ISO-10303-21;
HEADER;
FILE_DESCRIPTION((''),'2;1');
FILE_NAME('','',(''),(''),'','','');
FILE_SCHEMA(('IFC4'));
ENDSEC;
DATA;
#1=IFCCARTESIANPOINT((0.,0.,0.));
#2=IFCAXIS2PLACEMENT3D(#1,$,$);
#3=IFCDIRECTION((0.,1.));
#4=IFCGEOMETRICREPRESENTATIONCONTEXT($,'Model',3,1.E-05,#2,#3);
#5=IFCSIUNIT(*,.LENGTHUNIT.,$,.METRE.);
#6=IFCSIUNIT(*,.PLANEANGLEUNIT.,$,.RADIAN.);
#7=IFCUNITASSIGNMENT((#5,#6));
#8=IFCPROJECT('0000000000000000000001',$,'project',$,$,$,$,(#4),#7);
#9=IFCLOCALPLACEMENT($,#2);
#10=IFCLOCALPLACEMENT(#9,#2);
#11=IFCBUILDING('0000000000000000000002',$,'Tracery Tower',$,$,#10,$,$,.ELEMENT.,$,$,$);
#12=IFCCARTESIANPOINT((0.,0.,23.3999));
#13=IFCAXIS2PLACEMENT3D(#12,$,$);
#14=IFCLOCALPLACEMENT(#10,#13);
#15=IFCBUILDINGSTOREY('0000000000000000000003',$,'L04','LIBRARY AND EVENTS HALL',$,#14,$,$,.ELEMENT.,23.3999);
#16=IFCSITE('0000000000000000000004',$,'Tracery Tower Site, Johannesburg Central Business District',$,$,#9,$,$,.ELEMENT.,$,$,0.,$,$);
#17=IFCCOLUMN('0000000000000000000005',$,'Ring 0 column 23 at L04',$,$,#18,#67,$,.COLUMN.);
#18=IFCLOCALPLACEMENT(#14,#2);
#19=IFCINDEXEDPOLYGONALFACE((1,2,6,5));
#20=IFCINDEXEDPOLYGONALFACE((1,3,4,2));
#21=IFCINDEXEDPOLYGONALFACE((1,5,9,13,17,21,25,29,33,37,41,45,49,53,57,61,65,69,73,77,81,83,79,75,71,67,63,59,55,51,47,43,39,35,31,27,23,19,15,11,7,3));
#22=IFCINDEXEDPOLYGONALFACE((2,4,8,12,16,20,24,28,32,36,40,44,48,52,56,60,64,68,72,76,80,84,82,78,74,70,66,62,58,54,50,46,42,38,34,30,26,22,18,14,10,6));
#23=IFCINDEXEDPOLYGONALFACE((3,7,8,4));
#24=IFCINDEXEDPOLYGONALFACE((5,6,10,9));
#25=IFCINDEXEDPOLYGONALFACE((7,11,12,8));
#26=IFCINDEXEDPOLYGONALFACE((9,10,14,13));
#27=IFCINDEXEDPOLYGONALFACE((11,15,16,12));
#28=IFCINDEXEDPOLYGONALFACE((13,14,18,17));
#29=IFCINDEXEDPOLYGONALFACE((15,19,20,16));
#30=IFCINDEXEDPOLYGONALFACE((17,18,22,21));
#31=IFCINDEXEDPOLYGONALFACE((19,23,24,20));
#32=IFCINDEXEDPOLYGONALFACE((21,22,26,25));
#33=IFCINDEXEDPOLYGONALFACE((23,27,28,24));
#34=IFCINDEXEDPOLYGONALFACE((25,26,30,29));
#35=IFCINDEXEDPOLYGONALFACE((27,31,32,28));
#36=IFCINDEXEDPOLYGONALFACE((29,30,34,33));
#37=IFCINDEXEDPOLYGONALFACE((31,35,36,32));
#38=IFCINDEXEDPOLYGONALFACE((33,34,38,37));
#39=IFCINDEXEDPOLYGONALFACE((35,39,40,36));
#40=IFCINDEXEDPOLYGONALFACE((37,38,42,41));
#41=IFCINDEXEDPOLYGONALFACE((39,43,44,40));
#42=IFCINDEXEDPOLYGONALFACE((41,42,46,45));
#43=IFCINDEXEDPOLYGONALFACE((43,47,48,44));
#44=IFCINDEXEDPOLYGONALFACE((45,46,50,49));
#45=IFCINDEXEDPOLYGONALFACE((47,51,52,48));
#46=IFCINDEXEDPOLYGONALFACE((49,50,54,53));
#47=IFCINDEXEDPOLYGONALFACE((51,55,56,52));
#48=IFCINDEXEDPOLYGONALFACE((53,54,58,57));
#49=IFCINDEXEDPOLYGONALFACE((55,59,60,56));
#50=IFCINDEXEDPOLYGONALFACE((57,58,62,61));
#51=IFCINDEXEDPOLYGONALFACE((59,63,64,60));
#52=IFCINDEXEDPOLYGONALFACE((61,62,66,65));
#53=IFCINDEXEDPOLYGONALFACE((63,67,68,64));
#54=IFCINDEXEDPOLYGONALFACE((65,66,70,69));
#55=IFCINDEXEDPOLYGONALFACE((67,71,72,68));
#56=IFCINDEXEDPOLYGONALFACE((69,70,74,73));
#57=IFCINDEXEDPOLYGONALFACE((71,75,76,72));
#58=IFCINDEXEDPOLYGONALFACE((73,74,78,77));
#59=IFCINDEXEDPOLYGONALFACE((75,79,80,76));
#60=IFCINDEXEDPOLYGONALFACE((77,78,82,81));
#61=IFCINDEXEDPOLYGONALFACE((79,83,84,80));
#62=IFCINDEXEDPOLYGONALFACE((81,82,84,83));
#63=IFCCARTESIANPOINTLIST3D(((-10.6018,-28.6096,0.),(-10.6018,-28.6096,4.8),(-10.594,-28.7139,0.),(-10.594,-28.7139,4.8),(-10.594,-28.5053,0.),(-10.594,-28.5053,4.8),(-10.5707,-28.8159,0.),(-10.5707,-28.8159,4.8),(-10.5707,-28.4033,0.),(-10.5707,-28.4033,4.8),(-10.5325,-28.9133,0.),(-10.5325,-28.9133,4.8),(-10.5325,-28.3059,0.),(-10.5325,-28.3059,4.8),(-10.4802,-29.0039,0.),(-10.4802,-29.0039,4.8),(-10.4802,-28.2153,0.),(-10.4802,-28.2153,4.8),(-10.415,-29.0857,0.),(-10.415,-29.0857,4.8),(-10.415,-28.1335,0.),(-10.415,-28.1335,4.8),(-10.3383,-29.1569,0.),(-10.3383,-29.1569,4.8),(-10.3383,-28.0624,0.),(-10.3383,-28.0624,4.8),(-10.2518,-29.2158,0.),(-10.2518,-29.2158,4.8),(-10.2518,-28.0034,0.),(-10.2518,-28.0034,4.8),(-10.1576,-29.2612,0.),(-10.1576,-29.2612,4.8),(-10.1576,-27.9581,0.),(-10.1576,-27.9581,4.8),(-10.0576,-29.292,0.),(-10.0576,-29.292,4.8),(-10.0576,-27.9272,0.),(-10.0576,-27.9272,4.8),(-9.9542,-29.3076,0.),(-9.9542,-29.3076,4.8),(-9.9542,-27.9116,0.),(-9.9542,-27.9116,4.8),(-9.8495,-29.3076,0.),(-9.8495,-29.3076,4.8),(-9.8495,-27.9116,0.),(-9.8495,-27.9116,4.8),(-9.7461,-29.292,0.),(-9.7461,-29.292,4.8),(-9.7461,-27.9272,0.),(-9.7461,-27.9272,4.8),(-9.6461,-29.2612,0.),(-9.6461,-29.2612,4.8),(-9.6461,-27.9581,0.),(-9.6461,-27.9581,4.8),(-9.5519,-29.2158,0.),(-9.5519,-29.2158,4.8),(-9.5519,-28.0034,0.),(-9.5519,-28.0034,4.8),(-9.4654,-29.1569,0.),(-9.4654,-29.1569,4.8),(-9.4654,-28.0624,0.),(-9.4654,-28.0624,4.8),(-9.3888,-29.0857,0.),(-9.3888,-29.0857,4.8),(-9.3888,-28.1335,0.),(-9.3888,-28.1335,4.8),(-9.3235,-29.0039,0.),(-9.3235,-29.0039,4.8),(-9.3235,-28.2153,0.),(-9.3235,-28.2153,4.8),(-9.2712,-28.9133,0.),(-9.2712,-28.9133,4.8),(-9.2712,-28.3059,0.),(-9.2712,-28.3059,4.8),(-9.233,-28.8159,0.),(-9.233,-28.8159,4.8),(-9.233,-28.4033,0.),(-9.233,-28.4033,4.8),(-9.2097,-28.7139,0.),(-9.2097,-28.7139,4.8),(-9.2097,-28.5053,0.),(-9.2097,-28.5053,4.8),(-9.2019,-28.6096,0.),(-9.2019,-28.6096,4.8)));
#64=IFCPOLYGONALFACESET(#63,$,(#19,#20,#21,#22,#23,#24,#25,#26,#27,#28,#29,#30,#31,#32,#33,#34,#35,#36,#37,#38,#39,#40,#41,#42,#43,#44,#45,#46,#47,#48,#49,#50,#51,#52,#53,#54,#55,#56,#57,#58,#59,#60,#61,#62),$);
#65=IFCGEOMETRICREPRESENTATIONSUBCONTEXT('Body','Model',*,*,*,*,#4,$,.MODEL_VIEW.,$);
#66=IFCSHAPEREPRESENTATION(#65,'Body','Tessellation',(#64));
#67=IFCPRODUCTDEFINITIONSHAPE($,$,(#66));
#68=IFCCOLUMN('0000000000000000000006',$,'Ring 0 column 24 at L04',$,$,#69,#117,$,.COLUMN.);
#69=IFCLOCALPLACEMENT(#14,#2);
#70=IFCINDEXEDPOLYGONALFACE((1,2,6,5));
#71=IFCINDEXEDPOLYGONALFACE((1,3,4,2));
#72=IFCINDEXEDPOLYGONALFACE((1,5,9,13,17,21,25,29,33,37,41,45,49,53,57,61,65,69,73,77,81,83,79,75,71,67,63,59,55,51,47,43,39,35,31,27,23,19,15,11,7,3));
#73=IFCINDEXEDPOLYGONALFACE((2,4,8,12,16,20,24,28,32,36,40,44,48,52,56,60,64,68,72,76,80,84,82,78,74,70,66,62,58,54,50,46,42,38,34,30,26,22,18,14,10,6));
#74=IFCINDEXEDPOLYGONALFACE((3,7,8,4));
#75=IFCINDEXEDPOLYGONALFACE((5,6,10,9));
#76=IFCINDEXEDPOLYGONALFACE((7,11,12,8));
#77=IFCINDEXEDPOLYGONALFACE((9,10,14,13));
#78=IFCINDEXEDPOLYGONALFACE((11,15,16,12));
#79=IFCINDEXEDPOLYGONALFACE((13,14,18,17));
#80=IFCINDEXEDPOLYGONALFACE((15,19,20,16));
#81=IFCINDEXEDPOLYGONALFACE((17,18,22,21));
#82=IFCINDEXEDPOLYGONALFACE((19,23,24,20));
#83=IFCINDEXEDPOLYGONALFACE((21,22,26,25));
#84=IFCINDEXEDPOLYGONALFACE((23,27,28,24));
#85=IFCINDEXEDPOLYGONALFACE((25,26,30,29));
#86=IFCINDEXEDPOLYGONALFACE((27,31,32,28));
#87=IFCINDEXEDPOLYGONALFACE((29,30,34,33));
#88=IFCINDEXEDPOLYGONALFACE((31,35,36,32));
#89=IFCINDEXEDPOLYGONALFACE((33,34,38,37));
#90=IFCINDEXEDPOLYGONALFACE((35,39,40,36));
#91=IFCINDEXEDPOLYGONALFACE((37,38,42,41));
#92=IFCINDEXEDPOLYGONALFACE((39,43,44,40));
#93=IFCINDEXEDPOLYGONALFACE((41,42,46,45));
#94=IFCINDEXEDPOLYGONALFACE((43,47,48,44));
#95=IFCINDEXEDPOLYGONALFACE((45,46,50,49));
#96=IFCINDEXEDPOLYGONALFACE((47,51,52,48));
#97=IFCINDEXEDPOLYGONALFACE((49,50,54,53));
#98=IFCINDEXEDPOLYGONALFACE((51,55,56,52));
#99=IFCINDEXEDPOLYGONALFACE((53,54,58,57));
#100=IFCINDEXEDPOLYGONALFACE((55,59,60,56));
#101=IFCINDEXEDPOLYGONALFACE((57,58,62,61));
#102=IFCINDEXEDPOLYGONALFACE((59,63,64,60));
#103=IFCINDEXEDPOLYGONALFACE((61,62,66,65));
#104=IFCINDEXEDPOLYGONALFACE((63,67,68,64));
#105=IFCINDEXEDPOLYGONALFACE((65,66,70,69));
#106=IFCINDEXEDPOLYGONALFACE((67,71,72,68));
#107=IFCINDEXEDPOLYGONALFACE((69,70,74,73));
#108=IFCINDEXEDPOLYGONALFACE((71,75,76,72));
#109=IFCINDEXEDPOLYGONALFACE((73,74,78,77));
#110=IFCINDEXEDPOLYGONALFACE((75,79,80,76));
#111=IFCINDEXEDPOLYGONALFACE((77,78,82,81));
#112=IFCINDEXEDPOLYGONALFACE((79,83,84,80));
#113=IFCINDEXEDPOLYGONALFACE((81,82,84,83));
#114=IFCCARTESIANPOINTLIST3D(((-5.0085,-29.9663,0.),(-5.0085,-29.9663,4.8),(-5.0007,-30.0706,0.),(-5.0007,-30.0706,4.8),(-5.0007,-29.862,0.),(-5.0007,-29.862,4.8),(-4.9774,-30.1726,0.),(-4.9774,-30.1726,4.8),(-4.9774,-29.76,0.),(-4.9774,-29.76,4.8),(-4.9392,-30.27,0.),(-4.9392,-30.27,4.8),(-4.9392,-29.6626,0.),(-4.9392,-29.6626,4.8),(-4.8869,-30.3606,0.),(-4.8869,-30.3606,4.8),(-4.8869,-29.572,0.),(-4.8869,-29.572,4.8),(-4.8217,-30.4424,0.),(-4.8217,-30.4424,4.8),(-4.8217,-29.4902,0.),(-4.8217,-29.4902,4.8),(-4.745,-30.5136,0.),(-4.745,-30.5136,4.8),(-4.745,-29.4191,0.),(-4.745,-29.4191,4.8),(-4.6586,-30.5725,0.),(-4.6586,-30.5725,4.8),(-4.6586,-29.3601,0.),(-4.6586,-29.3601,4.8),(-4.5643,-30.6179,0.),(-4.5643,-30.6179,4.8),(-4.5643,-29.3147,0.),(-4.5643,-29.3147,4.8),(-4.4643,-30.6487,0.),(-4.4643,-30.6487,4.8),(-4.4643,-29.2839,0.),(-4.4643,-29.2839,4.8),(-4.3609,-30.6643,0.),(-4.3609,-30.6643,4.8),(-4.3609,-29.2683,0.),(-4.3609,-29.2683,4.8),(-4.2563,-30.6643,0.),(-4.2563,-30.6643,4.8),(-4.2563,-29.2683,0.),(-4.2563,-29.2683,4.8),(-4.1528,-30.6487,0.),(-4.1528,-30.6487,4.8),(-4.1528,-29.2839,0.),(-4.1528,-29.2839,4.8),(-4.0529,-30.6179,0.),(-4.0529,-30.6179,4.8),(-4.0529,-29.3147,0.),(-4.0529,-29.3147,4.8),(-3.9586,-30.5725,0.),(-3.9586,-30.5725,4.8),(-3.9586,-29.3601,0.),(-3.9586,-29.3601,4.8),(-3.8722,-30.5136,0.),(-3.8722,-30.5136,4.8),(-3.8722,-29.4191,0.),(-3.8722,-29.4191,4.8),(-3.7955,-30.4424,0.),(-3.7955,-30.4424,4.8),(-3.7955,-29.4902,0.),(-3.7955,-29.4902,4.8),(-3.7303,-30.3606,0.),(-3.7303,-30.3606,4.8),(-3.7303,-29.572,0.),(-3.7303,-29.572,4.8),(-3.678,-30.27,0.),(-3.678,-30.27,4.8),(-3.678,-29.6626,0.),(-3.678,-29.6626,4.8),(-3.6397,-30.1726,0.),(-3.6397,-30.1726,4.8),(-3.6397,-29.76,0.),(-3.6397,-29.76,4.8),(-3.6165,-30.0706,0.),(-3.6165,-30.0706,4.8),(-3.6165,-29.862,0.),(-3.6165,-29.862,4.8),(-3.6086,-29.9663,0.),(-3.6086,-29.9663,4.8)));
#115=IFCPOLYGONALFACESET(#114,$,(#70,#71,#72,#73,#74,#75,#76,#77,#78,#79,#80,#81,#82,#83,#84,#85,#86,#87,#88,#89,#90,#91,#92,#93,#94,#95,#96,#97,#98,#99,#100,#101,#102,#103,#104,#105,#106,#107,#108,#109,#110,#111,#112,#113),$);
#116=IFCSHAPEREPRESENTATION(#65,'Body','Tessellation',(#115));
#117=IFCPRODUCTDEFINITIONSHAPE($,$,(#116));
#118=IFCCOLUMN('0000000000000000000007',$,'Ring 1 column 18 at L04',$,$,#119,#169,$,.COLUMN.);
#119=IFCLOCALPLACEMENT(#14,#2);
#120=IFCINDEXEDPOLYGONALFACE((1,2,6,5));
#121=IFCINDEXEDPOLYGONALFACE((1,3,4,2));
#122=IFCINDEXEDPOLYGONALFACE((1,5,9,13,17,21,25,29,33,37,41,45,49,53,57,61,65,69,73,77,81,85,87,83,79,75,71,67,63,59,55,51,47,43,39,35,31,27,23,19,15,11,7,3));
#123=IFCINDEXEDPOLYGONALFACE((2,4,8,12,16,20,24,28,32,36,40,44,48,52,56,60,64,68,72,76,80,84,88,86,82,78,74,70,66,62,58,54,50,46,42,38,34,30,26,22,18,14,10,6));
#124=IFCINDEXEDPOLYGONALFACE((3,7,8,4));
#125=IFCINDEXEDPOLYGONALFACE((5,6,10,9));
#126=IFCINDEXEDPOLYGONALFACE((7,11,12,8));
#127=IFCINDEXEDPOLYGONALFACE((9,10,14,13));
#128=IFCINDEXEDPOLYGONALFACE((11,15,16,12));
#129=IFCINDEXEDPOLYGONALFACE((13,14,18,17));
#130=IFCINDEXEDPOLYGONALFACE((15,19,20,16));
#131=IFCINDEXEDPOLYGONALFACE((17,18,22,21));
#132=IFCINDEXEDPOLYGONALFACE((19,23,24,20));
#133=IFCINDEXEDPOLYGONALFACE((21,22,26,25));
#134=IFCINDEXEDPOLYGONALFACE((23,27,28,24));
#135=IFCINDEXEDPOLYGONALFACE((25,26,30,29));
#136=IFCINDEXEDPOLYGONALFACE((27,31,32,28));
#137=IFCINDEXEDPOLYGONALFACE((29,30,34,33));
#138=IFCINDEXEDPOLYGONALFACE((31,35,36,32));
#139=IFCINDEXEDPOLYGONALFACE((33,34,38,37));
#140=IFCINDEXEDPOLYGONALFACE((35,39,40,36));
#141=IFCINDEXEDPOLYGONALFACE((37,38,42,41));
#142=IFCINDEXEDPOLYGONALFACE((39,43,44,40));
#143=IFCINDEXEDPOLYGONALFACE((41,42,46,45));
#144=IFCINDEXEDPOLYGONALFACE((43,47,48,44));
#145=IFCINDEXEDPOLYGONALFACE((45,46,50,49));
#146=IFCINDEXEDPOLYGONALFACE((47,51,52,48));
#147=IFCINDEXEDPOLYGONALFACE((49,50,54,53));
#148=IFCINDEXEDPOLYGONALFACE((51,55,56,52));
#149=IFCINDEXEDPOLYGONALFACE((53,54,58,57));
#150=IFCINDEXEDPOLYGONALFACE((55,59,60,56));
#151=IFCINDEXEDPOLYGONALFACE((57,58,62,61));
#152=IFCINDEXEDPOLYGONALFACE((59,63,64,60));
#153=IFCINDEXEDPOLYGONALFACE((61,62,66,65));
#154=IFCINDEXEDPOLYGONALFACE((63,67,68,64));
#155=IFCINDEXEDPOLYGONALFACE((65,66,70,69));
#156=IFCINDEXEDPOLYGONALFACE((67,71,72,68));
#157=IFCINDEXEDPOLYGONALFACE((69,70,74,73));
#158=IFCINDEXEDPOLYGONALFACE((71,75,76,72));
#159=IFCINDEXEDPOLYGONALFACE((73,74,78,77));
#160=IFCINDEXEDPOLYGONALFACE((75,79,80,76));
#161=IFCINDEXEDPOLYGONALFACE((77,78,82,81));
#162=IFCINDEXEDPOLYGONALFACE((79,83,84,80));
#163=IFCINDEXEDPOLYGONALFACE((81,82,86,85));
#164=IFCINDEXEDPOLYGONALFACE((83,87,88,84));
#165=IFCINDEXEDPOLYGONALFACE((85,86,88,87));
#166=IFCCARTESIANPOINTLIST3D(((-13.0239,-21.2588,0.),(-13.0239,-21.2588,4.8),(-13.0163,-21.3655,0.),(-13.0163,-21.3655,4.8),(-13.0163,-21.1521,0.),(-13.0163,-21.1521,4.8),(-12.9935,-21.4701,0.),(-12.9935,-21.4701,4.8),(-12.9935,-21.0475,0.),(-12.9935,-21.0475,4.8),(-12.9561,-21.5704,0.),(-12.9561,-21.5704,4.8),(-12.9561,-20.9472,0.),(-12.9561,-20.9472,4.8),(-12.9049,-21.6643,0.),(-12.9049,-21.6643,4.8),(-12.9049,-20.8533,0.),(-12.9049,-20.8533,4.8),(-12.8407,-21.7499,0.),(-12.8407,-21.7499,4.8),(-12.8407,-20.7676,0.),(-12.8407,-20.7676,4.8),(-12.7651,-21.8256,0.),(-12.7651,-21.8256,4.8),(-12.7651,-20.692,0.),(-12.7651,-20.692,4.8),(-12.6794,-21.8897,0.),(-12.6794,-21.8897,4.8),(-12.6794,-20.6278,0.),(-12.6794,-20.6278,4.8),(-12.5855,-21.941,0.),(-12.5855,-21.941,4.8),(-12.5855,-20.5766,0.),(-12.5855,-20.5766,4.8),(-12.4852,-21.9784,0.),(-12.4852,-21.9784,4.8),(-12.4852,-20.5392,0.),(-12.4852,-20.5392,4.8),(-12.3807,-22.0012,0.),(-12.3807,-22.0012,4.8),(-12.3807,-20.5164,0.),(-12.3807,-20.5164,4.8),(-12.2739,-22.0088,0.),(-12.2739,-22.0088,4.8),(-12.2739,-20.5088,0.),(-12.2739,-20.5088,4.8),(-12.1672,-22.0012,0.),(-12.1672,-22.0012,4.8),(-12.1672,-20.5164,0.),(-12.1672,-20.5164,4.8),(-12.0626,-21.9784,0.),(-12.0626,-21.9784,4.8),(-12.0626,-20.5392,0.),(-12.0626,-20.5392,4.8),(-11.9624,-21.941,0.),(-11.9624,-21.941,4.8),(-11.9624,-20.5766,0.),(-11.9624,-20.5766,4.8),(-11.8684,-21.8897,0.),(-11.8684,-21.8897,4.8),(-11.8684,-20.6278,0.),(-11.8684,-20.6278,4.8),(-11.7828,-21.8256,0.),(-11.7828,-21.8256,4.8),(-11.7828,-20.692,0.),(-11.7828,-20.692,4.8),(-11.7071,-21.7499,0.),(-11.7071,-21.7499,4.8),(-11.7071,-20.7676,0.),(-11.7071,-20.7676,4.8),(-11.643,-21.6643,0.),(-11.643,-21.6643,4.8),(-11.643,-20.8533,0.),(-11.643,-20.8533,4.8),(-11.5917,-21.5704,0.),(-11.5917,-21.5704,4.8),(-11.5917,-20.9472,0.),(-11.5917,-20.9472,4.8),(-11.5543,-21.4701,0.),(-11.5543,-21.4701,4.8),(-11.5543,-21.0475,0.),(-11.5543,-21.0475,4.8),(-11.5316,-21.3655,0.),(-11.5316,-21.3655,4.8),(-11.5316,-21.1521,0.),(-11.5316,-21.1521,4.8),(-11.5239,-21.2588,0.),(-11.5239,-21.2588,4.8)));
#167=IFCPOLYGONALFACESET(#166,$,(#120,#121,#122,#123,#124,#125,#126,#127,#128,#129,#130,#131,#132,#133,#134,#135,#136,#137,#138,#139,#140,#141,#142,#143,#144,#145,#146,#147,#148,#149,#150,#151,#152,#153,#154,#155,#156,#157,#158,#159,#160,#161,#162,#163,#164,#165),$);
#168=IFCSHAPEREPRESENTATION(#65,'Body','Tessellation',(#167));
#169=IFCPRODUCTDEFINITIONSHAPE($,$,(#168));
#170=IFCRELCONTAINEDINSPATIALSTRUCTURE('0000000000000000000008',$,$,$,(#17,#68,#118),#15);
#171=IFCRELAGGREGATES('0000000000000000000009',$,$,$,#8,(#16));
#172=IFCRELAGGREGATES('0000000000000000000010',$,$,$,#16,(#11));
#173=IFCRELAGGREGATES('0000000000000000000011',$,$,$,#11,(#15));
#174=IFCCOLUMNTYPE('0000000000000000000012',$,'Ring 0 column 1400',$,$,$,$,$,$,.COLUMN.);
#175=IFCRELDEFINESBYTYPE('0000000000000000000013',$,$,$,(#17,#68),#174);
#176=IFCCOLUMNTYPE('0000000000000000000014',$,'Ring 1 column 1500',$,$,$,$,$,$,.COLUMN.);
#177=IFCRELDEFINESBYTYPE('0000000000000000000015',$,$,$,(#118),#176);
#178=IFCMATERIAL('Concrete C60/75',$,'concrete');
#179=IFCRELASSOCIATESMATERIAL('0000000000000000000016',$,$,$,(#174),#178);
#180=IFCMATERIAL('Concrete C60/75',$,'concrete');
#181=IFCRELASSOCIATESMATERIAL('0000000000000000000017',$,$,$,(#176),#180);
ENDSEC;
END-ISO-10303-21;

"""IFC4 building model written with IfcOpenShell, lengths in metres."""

from ifc_helpers import new_model, si_unit, direction, frame, origin, origin_2d, place, context, subcontext, project, spatial, circle, extrude, material, material_profile, profile_set, type_object, element, save


model = new_model("IFC4")

# Units and contexts
model_context = context("Model", 3, precision=1e-05, world=origin(), true_north=direction((0.0, 1.0)))
body_context = subcontext(model_context, "Body", "Model", "MODEL_VIEW")
ifc_project = project(units=[si_unit("LENGTHUNIT", "METRE"), si_unit("PLANEANGLEUNIT", "RADIAN")], contexts=[model_context])

# Site, building, storey
site_placement = place(None, origin())
site = spatial("IfcSite", under=ifc_project, at=site_placement, Name="Tracery Tower Site, Johannesburg Central Business District", CompositionType="ELEMENT", RefElevation=0.0)
building_placement = place(site_placement, origin())
building = spatial("IfcBuilding", under=site, at=building_placement, Name="Tracery Tower", CompositionType="ELEMENT")
storey_placement = place(building_placement, frame((0.0, 0.0, 23.3999)))
storey = spatial("IfcBuildingStorey", under=building, at=storey_placement, Name="L04", Description="LIBRARY AND EVENTS HALL", CompositionType="ELEMENT", Elevation=23.3999)

# Columns
ifc_material_1 = material(Name="Concrete C60/75", Category="concrete")
ifc_material_profile_1 = material_profile(ifc_material_1, circle(Radius=0.7, at=origin_2d()), Name="RC D1400")
ifc_profile_set_1 = profile_set([ifc_material_profile_1], Name="Concrete C60/75")
column_type_1 = type_object("IfcColumnType", Name="Ring 0 column 1400", PredefinedType="COLUMN", material=ifc_profile_set_1)
for number, where, z_axis, x_axis, name in (
    (1, (-9.9019, -28.6096, 0.0), (0.0, 0.0, 1.0), (1.0, 0.0, 0.0), "Ring 0 column 23 at L04"),
    (2, (-4.3086, -29.9663, 0.0), (0.0, 0.0, 1.0), (1.0, 0.0, 0.0), "Ring 0 column 24 at L04"),
):
    element("IfcColumn", number, at=place(storey_placement, frame(where, z_axis=z_axis, x_axis=x_axis)), inside=storey, type_object=column_type_1, Name=name, PredefinedType="COLUMN", context=body_context, shape_type="SweptSolid", body=[
        extrude(circle(Radius=0.7, at=origin_2d()), origin(), (0.0, 0.0, 1.0), 4.8),
    ])
ifc_material_2 = material(Name="Concrete C60/75", Category="concrete")
ifc_material_profile_2 = material_profile(ifc_material_2, circle(Radius=0.75, at=origin_2d()), Name="RC D1500")
ifc_profile_set_2 = profile_set([ifc_material_profile_2], Name="Concrete C60/75")
column_type_2 = type_object("IfcColumnType", Name="Ring 1 column 1500", PredefinedType="COLUMN", material=ifc_profile_set_2)
for number, where, z_axis, x_axis, name in (
    (3, (-12.2739, -21.2588, 0.0), (0.0, 0.0, 1.0), (1.0, 0.0, 0.0), "Ring 1 column 18 at L04"),
):
    element("IfcColumn", number, at=place(storey_placement, frame(where, z_axis=z_axis, x_axis=x_axis)), inside=storey, type_object=column_type_2, Name=name, PredefinedType="COLUMN", context=body_context, shape_type="SweptSolid", body=[
        extrude(circle(Radius=0.75, at=origin_2d()), origin(), (0.0, 0.0, 1.0), 4.8),
    ])

save(model, "model.ifc")
